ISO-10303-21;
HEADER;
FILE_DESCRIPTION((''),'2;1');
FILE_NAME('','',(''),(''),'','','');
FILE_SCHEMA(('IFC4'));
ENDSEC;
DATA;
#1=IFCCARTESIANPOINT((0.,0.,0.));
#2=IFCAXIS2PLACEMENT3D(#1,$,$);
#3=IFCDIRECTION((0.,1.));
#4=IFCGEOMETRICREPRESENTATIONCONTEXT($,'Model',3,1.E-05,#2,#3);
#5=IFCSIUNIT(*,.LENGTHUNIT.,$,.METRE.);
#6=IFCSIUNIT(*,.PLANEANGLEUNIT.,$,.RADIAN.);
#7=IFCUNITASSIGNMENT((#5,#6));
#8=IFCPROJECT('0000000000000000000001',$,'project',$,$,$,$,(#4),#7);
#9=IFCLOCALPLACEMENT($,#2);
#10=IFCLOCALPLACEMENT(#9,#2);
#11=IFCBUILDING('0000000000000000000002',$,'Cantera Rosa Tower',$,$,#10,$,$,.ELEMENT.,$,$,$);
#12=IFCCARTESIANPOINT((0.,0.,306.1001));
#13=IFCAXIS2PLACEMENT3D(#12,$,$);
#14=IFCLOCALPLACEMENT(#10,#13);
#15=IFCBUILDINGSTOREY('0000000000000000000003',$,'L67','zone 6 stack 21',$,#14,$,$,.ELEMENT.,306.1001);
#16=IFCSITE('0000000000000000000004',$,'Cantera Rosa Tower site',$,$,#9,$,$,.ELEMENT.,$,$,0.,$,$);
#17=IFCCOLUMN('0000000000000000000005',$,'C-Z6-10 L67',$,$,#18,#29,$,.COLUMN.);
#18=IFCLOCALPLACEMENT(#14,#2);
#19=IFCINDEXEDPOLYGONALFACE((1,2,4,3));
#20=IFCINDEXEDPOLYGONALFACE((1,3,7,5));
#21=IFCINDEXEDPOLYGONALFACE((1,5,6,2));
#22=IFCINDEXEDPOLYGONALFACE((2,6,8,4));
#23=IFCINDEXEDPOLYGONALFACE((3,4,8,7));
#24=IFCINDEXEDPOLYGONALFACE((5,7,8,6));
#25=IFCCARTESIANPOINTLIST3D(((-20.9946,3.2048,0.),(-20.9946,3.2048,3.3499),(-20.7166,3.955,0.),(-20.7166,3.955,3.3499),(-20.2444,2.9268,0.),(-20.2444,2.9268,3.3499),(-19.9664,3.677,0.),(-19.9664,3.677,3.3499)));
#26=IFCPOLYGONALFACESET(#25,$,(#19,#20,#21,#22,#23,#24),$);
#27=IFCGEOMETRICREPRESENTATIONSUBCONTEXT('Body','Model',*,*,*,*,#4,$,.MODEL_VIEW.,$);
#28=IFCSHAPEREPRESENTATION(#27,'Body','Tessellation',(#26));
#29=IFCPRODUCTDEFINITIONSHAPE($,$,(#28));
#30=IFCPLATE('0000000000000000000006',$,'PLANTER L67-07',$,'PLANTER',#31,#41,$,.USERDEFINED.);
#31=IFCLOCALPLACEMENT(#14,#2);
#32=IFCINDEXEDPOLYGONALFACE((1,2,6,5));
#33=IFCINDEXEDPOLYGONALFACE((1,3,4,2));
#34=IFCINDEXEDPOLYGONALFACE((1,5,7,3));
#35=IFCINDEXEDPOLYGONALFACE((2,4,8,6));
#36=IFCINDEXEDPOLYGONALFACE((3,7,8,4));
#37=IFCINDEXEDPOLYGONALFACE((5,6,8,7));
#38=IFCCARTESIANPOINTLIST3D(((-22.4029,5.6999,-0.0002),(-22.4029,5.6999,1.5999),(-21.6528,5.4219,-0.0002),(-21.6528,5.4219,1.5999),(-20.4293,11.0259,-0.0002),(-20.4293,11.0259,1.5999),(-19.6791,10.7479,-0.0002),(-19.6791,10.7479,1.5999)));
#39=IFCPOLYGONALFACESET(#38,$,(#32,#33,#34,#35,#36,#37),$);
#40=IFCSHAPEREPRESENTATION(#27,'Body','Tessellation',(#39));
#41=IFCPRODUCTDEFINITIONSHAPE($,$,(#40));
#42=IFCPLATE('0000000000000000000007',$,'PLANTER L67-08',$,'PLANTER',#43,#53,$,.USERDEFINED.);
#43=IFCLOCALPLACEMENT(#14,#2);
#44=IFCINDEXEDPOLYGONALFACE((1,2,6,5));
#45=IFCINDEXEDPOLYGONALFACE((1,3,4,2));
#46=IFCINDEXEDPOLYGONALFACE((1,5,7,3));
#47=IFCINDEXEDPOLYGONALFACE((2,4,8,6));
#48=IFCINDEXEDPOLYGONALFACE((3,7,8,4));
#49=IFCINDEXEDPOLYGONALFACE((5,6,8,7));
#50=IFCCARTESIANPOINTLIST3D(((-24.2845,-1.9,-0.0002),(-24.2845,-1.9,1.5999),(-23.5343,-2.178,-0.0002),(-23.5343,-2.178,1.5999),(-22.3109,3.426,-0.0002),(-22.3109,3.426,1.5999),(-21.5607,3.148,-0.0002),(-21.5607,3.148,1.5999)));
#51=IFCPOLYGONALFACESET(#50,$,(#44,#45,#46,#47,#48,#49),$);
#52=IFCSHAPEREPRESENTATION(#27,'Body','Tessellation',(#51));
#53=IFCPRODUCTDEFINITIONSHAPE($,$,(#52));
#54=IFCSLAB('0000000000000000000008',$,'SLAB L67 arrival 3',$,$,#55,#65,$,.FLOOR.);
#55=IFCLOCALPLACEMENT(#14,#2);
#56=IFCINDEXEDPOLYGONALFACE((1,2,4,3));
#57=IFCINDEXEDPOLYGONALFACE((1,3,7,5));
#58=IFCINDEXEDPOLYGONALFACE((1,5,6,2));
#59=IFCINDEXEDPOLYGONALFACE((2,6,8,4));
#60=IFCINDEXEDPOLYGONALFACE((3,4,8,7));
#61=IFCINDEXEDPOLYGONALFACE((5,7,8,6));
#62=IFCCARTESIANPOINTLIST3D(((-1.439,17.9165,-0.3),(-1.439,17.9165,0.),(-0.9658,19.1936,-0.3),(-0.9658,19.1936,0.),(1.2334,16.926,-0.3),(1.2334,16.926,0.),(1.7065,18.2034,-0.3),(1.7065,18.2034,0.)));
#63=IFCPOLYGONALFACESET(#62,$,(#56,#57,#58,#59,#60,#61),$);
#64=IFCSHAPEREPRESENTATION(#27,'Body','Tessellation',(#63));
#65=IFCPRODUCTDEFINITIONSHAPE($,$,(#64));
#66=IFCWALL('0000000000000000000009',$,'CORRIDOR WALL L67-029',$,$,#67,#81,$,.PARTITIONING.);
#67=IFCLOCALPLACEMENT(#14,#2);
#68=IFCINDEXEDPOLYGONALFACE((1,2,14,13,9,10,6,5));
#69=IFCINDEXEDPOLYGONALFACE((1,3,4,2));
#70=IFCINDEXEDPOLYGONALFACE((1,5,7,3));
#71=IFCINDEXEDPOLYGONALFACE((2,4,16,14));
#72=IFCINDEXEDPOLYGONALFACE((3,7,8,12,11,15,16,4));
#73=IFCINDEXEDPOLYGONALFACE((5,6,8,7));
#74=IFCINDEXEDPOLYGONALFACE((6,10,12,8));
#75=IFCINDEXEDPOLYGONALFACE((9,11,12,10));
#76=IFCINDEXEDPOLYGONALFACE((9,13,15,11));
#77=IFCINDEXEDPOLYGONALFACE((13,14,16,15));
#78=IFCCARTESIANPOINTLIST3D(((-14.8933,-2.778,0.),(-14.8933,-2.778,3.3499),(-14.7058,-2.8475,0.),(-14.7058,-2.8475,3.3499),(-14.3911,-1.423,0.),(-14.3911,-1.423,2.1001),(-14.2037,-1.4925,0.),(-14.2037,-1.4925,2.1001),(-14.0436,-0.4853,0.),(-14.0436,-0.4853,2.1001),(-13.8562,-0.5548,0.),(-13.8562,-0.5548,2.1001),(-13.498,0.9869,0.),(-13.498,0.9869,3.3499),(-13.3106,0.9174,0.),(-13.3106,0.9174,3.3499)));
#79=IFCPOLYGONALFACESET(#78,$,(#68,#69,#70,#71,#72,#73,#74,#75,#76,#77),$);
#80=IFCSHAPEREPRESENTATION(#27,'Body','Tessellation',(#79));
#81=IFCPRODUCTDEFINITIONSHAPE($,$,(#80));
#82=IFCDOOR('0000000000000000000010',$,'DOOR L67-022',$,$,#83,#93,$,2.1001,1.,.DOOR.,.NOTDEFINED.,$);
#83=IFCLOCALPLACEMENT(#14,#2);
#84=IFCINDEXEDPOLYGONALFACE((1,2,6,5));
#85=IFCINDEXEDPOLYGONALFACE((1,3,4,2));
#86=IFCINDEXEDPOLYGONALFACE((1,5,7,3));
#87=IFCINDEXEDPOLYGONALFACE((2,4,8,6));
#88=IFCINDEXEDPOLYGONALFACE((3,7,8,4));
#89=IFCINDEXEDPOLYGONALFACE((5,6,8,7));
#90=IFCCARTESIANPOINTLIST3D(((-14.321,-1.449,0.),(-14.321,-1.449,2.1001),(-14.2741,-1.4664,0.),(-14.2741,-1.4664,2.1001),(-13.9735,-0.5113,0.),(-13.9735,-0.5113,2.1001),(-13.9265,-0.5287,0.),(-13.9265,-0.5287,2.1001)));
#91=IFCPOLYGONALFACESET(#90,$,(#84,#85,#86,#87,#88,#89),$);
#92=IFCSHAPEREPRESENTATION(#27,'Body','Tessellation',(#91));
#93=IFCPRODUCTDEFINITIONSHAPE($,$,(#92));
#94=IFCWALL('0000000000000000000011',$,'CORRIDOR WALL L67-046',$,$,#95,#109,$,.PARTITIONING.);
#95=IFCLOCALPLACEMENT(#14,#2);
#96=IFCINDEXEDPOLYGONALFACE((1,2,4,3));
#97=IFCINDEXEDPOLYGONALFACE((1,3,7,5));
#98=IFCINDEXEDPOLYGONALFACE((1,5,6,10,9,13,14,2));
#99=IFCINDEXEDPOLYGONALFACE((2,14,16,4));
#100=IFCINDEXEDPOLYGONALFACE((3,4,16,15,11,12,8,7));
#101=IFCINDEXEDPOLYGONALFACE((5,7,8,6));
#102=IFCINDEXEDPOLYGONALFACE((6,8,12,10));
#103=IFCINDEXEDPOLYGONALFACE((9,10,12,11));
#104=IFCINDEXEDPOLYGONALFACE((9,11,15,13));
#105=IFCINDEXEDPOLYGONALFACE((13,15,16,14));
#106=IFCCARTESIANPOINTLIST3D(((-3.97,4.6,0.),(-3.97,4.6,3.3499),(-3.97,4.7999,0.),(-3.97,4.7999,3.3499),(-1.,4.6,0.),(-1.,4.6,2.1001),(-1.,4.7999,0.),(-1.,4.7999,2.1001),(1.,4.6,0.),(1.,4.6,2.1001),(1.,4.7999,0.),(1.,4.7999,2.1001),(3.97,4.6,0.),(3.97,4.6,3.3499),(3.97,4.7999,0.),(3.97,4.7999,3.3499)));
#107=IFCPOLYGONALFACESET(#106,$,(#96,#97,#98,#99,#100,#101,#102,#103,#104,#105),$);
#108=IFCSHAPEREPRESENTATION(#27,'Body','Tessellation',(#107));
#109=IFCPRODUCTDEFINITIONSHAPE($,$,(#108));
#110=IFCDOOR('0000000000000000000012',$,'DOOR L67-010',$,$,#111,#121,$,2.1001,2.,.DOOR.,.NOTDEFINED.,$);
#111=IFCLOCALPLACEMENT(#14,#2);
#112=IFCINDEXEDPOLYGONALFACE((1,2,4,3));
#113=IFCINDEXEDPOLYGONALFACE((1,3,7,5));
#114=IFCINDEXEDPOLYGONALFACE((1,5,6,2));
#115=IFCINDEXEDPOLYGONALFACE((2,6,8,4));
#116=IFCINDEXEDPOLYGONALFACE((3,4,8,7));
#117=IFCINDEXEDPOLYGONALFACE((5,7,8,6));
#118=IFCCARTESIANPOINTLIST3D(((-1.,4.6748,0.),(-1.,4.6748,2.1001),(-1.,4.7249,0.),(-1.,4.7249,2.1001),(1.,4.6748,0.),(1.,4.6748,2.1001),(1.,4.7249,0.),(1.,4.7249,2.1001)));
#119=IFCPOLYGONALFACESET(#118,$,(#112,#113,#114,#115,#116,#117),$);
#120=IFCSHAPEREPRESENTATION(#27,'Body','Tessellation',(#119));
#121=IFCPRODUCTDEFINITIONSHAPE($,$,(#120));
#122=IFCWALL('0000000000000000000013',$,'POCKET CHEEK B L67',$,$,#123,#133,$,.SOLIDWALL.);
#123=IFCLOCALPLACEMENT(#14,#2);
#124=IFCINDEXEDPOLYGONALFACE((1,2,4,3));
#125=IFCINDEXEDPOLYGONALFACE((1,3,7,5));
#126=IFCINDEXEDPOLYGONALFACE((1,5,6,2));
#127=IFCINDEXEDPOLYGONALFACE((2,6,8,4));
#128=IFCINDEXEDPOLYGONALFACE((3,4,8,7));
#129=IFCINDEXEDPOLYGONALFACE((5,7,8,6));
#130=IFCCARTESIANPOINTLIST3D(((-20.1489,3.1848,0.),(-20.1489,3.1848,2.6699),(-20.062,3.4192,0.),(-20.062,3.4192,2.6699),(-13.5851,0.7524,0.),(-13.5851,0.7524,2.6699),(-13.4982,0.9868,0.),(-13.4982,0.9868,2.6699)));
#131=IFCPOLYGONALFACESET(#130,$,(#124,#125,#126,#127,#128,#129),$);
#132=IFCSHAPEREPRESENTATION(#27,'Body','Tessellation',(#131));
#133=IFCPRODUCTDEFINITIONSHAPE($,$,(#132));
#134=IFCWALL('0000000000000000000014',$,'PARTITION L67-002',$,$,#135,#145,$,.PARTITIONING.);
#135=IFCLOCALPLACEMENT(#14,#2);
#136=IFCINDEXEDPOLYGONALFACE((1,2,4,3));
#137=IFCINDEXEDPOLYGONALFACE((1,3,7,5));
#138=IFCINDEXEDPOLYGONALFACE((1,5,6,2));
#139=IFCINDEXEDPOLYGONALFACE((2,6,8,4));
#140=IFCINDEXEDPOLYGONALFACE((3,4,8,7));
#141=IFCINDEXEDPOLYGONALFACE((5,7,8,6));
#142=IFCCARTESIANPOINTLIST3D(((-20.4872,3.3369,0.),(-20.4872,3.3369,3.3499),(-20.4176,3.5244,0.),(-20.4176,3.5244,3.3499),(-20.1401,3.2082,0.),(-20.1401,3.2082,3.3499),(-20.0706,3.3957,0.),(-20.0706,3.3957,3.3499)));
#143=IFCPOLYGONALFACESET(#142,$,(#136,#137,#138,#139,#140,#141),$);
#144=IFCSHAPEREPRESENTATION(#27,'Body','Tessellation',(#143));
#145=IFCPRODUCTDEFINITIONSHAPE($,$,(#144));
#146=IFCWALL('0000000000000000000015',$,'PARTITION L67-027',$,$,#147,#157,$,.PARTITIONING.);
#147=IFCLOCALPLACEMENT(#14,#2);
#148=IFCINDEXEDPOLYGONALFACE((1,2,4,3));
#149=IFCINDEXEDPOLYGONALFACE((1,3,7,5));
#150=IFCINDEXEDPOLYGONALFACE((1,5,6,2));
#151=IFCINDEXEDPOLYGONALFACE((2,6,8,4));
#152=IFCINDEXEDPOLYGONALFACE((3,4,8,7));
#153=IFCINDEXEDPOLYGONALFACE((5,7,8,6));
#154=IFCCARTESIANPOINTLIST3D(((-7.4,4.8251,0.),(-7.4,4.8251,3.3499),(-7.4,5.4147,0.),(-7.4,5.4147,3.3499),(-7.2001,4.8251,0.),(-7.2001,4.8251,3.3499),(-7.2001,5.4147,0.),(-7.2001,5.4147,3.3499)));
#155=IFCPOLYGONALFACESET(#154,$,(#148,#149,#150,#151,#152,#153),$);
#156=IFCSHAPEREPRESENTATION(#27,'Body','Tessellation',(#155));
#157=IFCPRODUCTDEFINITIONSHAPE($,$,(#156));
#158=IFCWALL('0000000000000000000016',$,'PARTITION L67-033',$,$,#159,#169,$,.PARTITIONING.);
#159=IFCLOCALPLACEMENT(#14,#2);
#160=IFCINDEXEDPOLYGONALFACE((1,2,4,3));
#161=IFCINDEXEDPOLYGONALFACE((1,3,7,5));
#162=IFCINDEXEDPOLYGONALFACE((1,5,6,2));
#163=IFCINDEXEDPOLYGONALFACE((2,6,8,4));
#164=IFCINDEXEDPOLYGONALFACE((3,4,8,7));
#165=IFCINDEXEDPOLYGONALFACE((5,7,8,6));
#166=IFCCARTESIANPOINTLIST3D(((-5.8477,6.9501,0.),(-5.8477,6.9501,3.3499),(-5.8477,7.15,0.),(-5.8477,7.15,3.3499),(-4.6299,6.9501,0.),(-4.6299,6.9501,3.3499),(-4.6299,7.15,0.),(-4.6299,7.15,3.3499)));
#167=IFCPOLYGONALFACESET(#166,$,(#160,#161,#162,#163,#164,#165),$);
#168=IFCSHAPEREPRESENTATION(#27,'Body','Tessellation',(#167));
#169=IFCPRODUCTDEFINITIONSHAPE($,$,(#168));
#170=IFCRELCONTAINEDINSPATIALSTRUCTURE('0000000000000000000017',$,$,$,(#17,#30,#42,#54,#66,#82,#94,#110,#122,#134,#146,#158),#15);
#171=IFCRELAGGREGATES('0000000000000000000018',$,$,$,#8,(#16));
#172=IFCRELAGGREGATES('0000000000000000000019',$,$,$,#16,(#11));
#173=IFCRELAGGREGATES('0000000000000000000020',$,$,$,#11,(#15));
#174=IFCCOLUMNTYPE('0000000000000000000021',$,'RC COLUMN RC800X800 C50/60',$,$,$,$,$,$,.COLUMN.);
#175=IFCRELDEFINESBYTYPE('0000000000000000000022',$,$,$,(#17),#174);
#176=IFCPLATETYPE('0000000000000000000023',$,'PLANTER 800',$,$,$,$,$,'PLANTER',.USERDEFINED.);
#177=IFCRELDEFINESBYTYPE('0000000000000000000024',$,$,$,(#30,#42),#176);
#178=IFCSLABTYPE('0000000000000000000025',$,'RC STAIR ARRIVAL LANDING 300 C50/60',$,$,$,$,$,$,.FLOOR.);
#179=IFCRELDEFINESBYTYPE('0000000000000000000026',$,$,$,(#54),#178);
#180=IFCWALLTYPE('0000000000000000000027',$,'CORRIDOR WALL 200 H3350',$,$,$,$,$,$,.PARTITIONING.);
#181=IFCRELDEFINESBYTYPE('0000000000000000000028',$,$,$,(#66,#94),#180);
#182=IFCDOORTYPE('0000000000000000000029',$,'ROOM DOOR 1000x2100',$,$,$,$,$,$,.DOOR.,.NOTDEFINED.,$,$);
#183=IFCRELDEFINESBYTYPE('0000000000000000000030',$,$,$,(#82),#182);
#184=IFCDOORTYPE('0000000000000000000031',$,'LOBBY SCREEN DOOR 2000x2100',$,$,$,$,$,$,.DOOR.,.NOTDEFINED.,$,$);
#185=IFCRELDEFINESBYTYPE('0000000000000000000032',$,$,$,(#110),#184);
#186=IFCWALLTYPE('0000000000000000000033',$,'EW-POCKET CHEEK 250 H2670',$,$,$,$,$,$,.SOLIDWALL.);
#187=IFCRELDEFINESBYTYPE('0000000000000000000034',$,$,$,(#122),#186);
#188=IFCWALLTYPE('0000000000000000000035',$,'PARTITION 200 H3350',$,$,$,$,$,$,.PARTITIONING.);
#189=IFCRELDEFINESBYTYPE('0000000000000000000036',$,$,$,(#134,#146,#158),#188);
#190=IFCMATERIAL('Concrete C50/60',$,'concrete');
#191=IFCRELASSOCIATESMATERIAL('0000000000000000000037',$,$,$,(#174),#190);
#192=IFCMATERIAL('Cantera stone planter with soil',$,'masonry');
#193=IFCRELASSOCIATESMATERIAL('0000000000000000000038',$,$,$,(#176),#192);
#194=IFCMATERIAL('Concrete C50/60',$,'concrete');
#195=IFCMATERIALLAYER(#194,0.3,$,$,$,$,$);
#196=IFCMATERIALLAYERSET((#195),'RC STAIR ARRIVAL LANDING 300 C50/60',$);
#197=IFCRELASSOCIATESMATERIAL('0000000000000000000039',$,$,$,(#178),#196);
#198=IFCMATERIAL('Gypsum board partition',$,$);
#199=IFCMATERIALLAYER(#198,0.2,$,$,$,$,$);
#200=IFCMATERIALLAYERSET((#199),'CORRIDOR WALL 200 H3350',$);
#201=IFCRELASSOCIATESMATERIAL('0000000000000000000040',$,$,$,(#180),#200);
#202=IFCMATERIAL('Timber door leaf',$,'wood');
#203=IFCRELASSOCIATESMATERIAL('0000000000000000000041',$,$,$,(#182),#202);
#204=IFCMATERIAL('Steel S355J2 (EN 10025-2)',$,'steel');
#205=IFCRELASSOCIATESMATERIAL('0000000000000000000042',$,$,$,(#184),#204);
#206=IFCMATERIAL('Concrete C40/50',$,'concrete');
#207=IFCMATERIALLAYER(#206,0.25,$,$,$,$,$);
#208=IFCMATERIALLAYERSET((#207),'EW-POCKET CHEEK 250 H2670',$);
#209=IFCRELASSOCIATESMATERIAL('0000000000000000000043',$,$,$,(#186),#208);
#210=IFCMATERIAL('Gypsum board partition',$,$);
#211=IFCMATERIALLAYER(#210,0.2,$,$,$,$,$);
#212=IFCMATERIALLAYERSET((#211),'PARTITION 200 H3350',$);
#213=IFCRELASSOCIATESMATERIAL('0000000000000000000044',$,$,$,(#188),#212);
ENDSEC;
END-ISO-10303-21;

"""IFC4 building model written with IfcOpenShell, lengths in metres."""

from ifc_helpers import new_model, si_unit, direction, frame, frame_2d, origin, origin_2d, place, context, subcontext, project, spatial, polyline, rectangle, outline, extrude, material, layer, layer_set, material_profile, profile_set, type_object, element, fill, save


model = new_model("IFC4")

# Units and contexts
model_context = context("Model", 3, precision=1e-05, world=origin(), true_north=direction((0.0, 1.0)))
body_context = subcontext(model_context, "Body", "Model", "MODEL_VIEW")
ifc_project = project(units=[si_unit("LENGTHUNIT", "METRE"), si_unit("PLANEANGLEUNIT", "RADIAN")], contexts=[model_context])

# Site, building, storey
site_placement = place(None, origin())
site = spatial("IfcSite", under=ifc_project, at=site_placement, Name="Cantera Rosa Tower site", CompositionType="ELEMENT", RefElevation=0.0)
building_placement = place(site_placement, origin())
building = spatial("IfcBuilding", under=site, at=building_placement, Name="Cantera Rosa Tower", CompositionType="ELEMENT")
storey_placement = place(building_placement, frame((0.0, 0.0, 306.1001)))
storey = spatial("IfcBuildingStorey", under=building, at=storey_placement, Name="L67", Description="zone 6 stack 21", CompositionType="ELEMENT", Elevation=306.1001)

# Column
ifc_material_1 = material(Name="Concrete C50/60", Category="concrete")
ifc_material_profile = material_profile(ifc_material_1, rectangle(XDim=0.8, YDim=0.8, at=origin_2d()), Name="RC COLUMN RC800X800 C50/60")
ifc_profile_set = profile_set([ifc_material_profile], Name="Concrete C50/60")
column_type = type_object("IfcColumnType", Name="RC COLUMN RC800X800 C50/60", PredefinedType="COLUMN", material=ifc_profile_set)
column_placement = place(storey_placement, frame((-20.4805, 3.4409, 0.0), z_axis=(0.0, 0.0, 1.0), x_axis=(0.347481, 0.937687, 0.0)))
element("IfcColumn", 1, at=column_placement, inside=storey, type_object=column_type, Name="C-Z6-10 L67", PredefinedType="COLUMN", context=body_context, shape_type="SweptSolid", body=[
    extrude(rectangle(XDim=0.8, YDim=0.8, at=origin_2d()), origin(), (0.0, 0.0, 1.0), 3.3499),
])

# Plates
ifc_material_2 = material(Name="Cantera stone planter with soil", Category="masonry")
plate_type = type_object("IfcPlateType", Name="PLANTER 800", ElementType="PLANTER", PredefinedType="USERDEFINED", material=ifc_material_2)
for number, where, z_axis, x_axis, name in (
    (2, (-21.041, 8.2239, -0.0002), (0.0, 0.0, 1.0), (-0.347481, -0.937687, 0.0), "PLANTER L67-07"),
    (3, (-22.9226, 0.624, -0.0002), (0.0, 0.0, 1.0), (-0.347481, -0.937687, 0.0), "PLANTER L67-08"),
):
    element("IfcPlate", number, at=place(storey_placement, frame(where, z_axis=z_axis, x_axis=x_axis)), inside=storey, type_object=plate_type, Name=name, ObjectType="PLANTER", PredefinedType="USERDEFINED", context=body_context, shape_type="SweptSolid", body=[
        extrude(rectangle(XDim=5.6799, YDim=0.8, at=origin_2d()), origin(), (0.0, 0.0, 1.0), 1.6001),
    ])

# Slab
ifc_material_3 = material(Name="Concrete C50/60", Category="concrete")
ifc_layer_1 = layer(ifc_material_3, 0.3)
ifc_layer_set_1 = layer_set([ifc_layer_1], Name="RC STAIR ARRIVAL LANDING 300 C50/60")
slab_type = type_object("IfcSlabType", Name="RC STAIR ARRIVAL LANDING 300 C50/60", PredefinedType="FLOOR", material=ifc_layer_set_1)
slab_placement = place(storey_placement, frame((0.0, 0.0, -0.3)))
element("IfcSlab", 4, at=slab_placement, inside=storey, type_object=slab_type, Name="SLAB L67 arrival 3", PredefinedType="FLOOR", context=body_context, shape_type="SweptSolid", body=[
    extrude(outline(polyline([(-1.439, 17.9165), (-0.9658, 19.1936), (1.7065, 18.2034), (1.2334, 16.926), (-1.439, 17.9165)])), origin(), (0.0, 0.0, 1.0), 0.3),
])

# Walls, openings, doors
ifc_material_4 = material(Name="Gypsum board partition")
ifc_layer_2 = layer(ifc_material_4, 0.2)
ifc_layer_set_2 = layer_set([ifc_layer_2], Name="CORRIDOR WALL 200 H3350")
wall_type_1 = type_object("IfcWallType", Name="CORRIDOR WALL 200 H3350", PredefinedType="PARTITIONING", material=ifc_layer_set_2)
wall_1_placement = place(storey_placement, frame((-13.4043, 0.9521, 0.0), z_axis=(0.0, 0.0, 1.0), x_axis=(-0.347502, -0.937679, 0.0)))
wall_1 = element("IfcWall", 5, at=wall_1_placement, inside=storey, type_object=wall_type_1, Name="CORRIDOR WALL L67-029", PredefinedType="PARTITIONING", context=body_context, shape_type="SweptSolid", body=[
    extrude(rectangle(XDim=4.0151, YDim=0.2, at=frame_2d((2.0076, 0.0))), origin(), (0.0, 0.0, 1.0), 3.3499),
])
opening_1_placement = place(wall_1_placement, frame((1.5701, 0.0, 0.0)))
opening_1 = element("IfcOpeningElement", 6, at=opening_1_placement, cuts=wall_1, PredefinedType="OPENING", context=body_context, shape_type="SweptSolid", body=[
    extrude(rectangle(XDim=1.0, YDim=2.1001, at=frame_2d((0.5, 1.05))), frame((0.0, 0.1099, 0.0), z_axis=(0.0, -1.0, 0.0), x_axis=(1.0, 0.0, 0.0)), (0.0, 0.0, 1.0), 0.22),
])
ifc_material_5 = material(Name="Timber door leaf", Category="wood")
door_type_1 = type_object("IfcDoorType", Name="ROOM DOOR 1000x2100", OperationType="NOTDEFINED", PredefinedType="DOOR", material=ifc_material_5)
door_1_placement = place(opening_1_placement, origin())
door_1 = element("IfcDoor", 7, at=door_1_placement, inside=storey, type_object=door_type_1, Name="DOOR L67-022", OperationType="NOTDEFINED", OverallHeight=2.1001, OverallWidth=1.0, PredefinedType="DOOR", context=body_context, shape_type="SweptSolid", body=[
    extrude(rectangle(XDim=1.0, YDim=2.1001, at=frame_2d((0.5, 1.05))), frame((0.0, 0.0249, 0.0), z_axis=(0.0, -1.0, 0.0), x_axis=(1.0, 0.0, 0.0)), (0.0, 0.0, 1.0), 0.05),
])
fill(opening_1, door_1)
wall_2_placement = place(storey_placement, frame((-3.97, 4.7, 0.0), z_axis=(0.0, 0.0, 1.0), x_axis=(1.0, 0.0, 0.0)))
wall_2 = element("IfcWall", 8, at=wall_2_placement, inside=storey, type_object=wall_type_1, Name="CORRIDOR WALL L67-046", PredefinedType="PARTITIONING", context=body_context, shape_type="SweptSolid", body=[
    extrude(rectangle(XDim=7.9399, YDim=0.2, at=frame_2d((3.97, 0.0))), origin(), (0.0, 0.0, 1.0), 3.3499),
])
opening_2_placement = place(wall_2_placement, frame((2.97, 0.0, 0.0)))
opening_2 = element("IfcOpeningElement", 9, at=opening_2_placement, cuts=wall_2, PredefinedType="OPENING", context=body_context, shape_type="SweptSolid", body=[
    extrude(rectangle(XDim=2.0, YDim=2.1001, at=frame_2d((1.0, 1.05))), frame((0.0, 0.1099, 0.0), z_axis=(0.0, -1.0, 0.0), x_axis=(1.0, 0.0, 0.0)), (0.0, 0.0, 1.0), 0.22),
])
ifc_material_6 = material(Name="Steel S355J2 (EN 10025-2)", Category="steel")
door_type_2 = type_object("IfcDoorType", Name="LOBBY SCREEN DOOR 2000x2100", OperationType="NOTDEFINED", PredefinedType="DOOR", material=ifc_material_6)
door_2_placement = place(opening_2_placement, origin())
door_2 = element("IfcDoor", 10, at=door_2_placement, inside=storey, type_object=door_type_2, Name="DOOR L67-010", OperationType="NOTDEFINED", OverallHeight=2.1001, OverallWidth=2.0, PredefinedType="DOOR", context=body_context, shape_type="SweptSolid", body=[
    extrude(rectangle(XDim=2.0, YDim=2.1001, at=frame_2d((1.0, 1.05))), frame((0.0, 0.0249, 0.0), z_axis=(0.0, -1.0, 0.0), x_axis=(1.0, 0.0, 0.0)), (0.0, 0.0, 1.0), 0.05),
])
fill(opening_2, door_2)

# Walls
ifc_material_7 = material(Name="Concrete C40/50", Category="concrete")
ifc_layer_3 = layer(ifc_material_7, 0.25)
ifc_layer_set_3 = layer_set([ifc_layer_3], Name="EW-POCKET CHEEK 250 H2670")
wall_type_2 = type_object("IfcWallType", Name="EW-POCKET CHEEK 250 H2670", PredefinedType="SOLIDWALL", material=ifc_layer_set_3)
wall_3_placement = place(storey_placement, frame((-20.1055, 3.302, 0.0), z_axis=(0.0, 0.0, 1.0), x_axis=(0.937685, -0.347486, 0.0)))
element("IfcWall", 11, at=wall_3_placement, inside=storey, type_object=wall_type_2, Name="POCKET CHEEK B L67", PredefinedType="SOLIDWALL", context=body_context, shape_type="SweptSolid", body=[
    extrude(rectangle(XDim=7.0, YDim=0.25, at=frame_2d((3.5, 0.0))), origin(), (0.0, 0.0, 1.0), 2.6699),
])
ifc_material_8 = material(Name="Gypsum board partition")
ifc_layer_4 = layer(ifc_material_8, 0.2)
ifc_layer_set_4 = layer_set([ifc_layer_4], Name="PARTITION 200 H3350")
wall_type_3 = type_object("IfcWallType", Name="PARTITION 200 H3350", PredefinedType="PARTITIONING", material=ifc_layer_set_4)
wall_4_placement = place(storey_placement, frame((-20.4524, 3.4307, 0.0), z_axis=(0.0, 0.0, 1.0), x_axis=(0.937597, -0.347723, 0.0)))
element("IfcWall", 12, at=wall_4_placement, inside=storey, type_object=wall_type_3, Name="PARTITION L67-002", PredefinedType="PARTITIONING", context=body_context, shape_type="SweptSolid", body=[
    extrude(rectangle(XDim=0.3701, YDim=0.2, at=frame_2d((0.1851, 0.0))), origin(), (0.0, 0.0, 1.0), 3.3499),
])
wall_5_placement = place(storey_placement, frame((-7.3, 4.825, 0.0), z_axis=(0.0, 0.0, 1.0), x_axis=(0.0, 1.0, 0.0)))
element("IfcWall", 13, at=wall_5_placement, inside=storey, type_object=wall_type_3, Name="PARTITION L67-027", PredefinedType="PARTITIONING", context=body_context, shape_type="SweptSolid", body=[
    extrude(rectangle(XDim=0.5896, YDim=0.2, at=frame_2d((0.2949, 0.0))), origin(), (0.0, 0.0, 1.0), 3.3499),
])
wall_6_placement = place(storey_placement, frame((-5.8477, 7.05, 0.0), z_axis=(0.0, 0.0, 1.0), x_axis=(1.0, 0.0, 0.0)))
element("IfcWall", 14, at=wall_6_placement, inside=storey, type_object=wall_type_3, Name="PARTITION L67-033", PredefinedType="PARTITIONING", context=body_context, shape_type="SweptSolid", body=[
    extrude(rectangle(XDim=1.2178, YDim=0.2, at=frame_2d((0.6089, 0.0))), origin(), (0.0, 0.0, 1.0), 3.3499),
])

save(model, "model.ifc")
